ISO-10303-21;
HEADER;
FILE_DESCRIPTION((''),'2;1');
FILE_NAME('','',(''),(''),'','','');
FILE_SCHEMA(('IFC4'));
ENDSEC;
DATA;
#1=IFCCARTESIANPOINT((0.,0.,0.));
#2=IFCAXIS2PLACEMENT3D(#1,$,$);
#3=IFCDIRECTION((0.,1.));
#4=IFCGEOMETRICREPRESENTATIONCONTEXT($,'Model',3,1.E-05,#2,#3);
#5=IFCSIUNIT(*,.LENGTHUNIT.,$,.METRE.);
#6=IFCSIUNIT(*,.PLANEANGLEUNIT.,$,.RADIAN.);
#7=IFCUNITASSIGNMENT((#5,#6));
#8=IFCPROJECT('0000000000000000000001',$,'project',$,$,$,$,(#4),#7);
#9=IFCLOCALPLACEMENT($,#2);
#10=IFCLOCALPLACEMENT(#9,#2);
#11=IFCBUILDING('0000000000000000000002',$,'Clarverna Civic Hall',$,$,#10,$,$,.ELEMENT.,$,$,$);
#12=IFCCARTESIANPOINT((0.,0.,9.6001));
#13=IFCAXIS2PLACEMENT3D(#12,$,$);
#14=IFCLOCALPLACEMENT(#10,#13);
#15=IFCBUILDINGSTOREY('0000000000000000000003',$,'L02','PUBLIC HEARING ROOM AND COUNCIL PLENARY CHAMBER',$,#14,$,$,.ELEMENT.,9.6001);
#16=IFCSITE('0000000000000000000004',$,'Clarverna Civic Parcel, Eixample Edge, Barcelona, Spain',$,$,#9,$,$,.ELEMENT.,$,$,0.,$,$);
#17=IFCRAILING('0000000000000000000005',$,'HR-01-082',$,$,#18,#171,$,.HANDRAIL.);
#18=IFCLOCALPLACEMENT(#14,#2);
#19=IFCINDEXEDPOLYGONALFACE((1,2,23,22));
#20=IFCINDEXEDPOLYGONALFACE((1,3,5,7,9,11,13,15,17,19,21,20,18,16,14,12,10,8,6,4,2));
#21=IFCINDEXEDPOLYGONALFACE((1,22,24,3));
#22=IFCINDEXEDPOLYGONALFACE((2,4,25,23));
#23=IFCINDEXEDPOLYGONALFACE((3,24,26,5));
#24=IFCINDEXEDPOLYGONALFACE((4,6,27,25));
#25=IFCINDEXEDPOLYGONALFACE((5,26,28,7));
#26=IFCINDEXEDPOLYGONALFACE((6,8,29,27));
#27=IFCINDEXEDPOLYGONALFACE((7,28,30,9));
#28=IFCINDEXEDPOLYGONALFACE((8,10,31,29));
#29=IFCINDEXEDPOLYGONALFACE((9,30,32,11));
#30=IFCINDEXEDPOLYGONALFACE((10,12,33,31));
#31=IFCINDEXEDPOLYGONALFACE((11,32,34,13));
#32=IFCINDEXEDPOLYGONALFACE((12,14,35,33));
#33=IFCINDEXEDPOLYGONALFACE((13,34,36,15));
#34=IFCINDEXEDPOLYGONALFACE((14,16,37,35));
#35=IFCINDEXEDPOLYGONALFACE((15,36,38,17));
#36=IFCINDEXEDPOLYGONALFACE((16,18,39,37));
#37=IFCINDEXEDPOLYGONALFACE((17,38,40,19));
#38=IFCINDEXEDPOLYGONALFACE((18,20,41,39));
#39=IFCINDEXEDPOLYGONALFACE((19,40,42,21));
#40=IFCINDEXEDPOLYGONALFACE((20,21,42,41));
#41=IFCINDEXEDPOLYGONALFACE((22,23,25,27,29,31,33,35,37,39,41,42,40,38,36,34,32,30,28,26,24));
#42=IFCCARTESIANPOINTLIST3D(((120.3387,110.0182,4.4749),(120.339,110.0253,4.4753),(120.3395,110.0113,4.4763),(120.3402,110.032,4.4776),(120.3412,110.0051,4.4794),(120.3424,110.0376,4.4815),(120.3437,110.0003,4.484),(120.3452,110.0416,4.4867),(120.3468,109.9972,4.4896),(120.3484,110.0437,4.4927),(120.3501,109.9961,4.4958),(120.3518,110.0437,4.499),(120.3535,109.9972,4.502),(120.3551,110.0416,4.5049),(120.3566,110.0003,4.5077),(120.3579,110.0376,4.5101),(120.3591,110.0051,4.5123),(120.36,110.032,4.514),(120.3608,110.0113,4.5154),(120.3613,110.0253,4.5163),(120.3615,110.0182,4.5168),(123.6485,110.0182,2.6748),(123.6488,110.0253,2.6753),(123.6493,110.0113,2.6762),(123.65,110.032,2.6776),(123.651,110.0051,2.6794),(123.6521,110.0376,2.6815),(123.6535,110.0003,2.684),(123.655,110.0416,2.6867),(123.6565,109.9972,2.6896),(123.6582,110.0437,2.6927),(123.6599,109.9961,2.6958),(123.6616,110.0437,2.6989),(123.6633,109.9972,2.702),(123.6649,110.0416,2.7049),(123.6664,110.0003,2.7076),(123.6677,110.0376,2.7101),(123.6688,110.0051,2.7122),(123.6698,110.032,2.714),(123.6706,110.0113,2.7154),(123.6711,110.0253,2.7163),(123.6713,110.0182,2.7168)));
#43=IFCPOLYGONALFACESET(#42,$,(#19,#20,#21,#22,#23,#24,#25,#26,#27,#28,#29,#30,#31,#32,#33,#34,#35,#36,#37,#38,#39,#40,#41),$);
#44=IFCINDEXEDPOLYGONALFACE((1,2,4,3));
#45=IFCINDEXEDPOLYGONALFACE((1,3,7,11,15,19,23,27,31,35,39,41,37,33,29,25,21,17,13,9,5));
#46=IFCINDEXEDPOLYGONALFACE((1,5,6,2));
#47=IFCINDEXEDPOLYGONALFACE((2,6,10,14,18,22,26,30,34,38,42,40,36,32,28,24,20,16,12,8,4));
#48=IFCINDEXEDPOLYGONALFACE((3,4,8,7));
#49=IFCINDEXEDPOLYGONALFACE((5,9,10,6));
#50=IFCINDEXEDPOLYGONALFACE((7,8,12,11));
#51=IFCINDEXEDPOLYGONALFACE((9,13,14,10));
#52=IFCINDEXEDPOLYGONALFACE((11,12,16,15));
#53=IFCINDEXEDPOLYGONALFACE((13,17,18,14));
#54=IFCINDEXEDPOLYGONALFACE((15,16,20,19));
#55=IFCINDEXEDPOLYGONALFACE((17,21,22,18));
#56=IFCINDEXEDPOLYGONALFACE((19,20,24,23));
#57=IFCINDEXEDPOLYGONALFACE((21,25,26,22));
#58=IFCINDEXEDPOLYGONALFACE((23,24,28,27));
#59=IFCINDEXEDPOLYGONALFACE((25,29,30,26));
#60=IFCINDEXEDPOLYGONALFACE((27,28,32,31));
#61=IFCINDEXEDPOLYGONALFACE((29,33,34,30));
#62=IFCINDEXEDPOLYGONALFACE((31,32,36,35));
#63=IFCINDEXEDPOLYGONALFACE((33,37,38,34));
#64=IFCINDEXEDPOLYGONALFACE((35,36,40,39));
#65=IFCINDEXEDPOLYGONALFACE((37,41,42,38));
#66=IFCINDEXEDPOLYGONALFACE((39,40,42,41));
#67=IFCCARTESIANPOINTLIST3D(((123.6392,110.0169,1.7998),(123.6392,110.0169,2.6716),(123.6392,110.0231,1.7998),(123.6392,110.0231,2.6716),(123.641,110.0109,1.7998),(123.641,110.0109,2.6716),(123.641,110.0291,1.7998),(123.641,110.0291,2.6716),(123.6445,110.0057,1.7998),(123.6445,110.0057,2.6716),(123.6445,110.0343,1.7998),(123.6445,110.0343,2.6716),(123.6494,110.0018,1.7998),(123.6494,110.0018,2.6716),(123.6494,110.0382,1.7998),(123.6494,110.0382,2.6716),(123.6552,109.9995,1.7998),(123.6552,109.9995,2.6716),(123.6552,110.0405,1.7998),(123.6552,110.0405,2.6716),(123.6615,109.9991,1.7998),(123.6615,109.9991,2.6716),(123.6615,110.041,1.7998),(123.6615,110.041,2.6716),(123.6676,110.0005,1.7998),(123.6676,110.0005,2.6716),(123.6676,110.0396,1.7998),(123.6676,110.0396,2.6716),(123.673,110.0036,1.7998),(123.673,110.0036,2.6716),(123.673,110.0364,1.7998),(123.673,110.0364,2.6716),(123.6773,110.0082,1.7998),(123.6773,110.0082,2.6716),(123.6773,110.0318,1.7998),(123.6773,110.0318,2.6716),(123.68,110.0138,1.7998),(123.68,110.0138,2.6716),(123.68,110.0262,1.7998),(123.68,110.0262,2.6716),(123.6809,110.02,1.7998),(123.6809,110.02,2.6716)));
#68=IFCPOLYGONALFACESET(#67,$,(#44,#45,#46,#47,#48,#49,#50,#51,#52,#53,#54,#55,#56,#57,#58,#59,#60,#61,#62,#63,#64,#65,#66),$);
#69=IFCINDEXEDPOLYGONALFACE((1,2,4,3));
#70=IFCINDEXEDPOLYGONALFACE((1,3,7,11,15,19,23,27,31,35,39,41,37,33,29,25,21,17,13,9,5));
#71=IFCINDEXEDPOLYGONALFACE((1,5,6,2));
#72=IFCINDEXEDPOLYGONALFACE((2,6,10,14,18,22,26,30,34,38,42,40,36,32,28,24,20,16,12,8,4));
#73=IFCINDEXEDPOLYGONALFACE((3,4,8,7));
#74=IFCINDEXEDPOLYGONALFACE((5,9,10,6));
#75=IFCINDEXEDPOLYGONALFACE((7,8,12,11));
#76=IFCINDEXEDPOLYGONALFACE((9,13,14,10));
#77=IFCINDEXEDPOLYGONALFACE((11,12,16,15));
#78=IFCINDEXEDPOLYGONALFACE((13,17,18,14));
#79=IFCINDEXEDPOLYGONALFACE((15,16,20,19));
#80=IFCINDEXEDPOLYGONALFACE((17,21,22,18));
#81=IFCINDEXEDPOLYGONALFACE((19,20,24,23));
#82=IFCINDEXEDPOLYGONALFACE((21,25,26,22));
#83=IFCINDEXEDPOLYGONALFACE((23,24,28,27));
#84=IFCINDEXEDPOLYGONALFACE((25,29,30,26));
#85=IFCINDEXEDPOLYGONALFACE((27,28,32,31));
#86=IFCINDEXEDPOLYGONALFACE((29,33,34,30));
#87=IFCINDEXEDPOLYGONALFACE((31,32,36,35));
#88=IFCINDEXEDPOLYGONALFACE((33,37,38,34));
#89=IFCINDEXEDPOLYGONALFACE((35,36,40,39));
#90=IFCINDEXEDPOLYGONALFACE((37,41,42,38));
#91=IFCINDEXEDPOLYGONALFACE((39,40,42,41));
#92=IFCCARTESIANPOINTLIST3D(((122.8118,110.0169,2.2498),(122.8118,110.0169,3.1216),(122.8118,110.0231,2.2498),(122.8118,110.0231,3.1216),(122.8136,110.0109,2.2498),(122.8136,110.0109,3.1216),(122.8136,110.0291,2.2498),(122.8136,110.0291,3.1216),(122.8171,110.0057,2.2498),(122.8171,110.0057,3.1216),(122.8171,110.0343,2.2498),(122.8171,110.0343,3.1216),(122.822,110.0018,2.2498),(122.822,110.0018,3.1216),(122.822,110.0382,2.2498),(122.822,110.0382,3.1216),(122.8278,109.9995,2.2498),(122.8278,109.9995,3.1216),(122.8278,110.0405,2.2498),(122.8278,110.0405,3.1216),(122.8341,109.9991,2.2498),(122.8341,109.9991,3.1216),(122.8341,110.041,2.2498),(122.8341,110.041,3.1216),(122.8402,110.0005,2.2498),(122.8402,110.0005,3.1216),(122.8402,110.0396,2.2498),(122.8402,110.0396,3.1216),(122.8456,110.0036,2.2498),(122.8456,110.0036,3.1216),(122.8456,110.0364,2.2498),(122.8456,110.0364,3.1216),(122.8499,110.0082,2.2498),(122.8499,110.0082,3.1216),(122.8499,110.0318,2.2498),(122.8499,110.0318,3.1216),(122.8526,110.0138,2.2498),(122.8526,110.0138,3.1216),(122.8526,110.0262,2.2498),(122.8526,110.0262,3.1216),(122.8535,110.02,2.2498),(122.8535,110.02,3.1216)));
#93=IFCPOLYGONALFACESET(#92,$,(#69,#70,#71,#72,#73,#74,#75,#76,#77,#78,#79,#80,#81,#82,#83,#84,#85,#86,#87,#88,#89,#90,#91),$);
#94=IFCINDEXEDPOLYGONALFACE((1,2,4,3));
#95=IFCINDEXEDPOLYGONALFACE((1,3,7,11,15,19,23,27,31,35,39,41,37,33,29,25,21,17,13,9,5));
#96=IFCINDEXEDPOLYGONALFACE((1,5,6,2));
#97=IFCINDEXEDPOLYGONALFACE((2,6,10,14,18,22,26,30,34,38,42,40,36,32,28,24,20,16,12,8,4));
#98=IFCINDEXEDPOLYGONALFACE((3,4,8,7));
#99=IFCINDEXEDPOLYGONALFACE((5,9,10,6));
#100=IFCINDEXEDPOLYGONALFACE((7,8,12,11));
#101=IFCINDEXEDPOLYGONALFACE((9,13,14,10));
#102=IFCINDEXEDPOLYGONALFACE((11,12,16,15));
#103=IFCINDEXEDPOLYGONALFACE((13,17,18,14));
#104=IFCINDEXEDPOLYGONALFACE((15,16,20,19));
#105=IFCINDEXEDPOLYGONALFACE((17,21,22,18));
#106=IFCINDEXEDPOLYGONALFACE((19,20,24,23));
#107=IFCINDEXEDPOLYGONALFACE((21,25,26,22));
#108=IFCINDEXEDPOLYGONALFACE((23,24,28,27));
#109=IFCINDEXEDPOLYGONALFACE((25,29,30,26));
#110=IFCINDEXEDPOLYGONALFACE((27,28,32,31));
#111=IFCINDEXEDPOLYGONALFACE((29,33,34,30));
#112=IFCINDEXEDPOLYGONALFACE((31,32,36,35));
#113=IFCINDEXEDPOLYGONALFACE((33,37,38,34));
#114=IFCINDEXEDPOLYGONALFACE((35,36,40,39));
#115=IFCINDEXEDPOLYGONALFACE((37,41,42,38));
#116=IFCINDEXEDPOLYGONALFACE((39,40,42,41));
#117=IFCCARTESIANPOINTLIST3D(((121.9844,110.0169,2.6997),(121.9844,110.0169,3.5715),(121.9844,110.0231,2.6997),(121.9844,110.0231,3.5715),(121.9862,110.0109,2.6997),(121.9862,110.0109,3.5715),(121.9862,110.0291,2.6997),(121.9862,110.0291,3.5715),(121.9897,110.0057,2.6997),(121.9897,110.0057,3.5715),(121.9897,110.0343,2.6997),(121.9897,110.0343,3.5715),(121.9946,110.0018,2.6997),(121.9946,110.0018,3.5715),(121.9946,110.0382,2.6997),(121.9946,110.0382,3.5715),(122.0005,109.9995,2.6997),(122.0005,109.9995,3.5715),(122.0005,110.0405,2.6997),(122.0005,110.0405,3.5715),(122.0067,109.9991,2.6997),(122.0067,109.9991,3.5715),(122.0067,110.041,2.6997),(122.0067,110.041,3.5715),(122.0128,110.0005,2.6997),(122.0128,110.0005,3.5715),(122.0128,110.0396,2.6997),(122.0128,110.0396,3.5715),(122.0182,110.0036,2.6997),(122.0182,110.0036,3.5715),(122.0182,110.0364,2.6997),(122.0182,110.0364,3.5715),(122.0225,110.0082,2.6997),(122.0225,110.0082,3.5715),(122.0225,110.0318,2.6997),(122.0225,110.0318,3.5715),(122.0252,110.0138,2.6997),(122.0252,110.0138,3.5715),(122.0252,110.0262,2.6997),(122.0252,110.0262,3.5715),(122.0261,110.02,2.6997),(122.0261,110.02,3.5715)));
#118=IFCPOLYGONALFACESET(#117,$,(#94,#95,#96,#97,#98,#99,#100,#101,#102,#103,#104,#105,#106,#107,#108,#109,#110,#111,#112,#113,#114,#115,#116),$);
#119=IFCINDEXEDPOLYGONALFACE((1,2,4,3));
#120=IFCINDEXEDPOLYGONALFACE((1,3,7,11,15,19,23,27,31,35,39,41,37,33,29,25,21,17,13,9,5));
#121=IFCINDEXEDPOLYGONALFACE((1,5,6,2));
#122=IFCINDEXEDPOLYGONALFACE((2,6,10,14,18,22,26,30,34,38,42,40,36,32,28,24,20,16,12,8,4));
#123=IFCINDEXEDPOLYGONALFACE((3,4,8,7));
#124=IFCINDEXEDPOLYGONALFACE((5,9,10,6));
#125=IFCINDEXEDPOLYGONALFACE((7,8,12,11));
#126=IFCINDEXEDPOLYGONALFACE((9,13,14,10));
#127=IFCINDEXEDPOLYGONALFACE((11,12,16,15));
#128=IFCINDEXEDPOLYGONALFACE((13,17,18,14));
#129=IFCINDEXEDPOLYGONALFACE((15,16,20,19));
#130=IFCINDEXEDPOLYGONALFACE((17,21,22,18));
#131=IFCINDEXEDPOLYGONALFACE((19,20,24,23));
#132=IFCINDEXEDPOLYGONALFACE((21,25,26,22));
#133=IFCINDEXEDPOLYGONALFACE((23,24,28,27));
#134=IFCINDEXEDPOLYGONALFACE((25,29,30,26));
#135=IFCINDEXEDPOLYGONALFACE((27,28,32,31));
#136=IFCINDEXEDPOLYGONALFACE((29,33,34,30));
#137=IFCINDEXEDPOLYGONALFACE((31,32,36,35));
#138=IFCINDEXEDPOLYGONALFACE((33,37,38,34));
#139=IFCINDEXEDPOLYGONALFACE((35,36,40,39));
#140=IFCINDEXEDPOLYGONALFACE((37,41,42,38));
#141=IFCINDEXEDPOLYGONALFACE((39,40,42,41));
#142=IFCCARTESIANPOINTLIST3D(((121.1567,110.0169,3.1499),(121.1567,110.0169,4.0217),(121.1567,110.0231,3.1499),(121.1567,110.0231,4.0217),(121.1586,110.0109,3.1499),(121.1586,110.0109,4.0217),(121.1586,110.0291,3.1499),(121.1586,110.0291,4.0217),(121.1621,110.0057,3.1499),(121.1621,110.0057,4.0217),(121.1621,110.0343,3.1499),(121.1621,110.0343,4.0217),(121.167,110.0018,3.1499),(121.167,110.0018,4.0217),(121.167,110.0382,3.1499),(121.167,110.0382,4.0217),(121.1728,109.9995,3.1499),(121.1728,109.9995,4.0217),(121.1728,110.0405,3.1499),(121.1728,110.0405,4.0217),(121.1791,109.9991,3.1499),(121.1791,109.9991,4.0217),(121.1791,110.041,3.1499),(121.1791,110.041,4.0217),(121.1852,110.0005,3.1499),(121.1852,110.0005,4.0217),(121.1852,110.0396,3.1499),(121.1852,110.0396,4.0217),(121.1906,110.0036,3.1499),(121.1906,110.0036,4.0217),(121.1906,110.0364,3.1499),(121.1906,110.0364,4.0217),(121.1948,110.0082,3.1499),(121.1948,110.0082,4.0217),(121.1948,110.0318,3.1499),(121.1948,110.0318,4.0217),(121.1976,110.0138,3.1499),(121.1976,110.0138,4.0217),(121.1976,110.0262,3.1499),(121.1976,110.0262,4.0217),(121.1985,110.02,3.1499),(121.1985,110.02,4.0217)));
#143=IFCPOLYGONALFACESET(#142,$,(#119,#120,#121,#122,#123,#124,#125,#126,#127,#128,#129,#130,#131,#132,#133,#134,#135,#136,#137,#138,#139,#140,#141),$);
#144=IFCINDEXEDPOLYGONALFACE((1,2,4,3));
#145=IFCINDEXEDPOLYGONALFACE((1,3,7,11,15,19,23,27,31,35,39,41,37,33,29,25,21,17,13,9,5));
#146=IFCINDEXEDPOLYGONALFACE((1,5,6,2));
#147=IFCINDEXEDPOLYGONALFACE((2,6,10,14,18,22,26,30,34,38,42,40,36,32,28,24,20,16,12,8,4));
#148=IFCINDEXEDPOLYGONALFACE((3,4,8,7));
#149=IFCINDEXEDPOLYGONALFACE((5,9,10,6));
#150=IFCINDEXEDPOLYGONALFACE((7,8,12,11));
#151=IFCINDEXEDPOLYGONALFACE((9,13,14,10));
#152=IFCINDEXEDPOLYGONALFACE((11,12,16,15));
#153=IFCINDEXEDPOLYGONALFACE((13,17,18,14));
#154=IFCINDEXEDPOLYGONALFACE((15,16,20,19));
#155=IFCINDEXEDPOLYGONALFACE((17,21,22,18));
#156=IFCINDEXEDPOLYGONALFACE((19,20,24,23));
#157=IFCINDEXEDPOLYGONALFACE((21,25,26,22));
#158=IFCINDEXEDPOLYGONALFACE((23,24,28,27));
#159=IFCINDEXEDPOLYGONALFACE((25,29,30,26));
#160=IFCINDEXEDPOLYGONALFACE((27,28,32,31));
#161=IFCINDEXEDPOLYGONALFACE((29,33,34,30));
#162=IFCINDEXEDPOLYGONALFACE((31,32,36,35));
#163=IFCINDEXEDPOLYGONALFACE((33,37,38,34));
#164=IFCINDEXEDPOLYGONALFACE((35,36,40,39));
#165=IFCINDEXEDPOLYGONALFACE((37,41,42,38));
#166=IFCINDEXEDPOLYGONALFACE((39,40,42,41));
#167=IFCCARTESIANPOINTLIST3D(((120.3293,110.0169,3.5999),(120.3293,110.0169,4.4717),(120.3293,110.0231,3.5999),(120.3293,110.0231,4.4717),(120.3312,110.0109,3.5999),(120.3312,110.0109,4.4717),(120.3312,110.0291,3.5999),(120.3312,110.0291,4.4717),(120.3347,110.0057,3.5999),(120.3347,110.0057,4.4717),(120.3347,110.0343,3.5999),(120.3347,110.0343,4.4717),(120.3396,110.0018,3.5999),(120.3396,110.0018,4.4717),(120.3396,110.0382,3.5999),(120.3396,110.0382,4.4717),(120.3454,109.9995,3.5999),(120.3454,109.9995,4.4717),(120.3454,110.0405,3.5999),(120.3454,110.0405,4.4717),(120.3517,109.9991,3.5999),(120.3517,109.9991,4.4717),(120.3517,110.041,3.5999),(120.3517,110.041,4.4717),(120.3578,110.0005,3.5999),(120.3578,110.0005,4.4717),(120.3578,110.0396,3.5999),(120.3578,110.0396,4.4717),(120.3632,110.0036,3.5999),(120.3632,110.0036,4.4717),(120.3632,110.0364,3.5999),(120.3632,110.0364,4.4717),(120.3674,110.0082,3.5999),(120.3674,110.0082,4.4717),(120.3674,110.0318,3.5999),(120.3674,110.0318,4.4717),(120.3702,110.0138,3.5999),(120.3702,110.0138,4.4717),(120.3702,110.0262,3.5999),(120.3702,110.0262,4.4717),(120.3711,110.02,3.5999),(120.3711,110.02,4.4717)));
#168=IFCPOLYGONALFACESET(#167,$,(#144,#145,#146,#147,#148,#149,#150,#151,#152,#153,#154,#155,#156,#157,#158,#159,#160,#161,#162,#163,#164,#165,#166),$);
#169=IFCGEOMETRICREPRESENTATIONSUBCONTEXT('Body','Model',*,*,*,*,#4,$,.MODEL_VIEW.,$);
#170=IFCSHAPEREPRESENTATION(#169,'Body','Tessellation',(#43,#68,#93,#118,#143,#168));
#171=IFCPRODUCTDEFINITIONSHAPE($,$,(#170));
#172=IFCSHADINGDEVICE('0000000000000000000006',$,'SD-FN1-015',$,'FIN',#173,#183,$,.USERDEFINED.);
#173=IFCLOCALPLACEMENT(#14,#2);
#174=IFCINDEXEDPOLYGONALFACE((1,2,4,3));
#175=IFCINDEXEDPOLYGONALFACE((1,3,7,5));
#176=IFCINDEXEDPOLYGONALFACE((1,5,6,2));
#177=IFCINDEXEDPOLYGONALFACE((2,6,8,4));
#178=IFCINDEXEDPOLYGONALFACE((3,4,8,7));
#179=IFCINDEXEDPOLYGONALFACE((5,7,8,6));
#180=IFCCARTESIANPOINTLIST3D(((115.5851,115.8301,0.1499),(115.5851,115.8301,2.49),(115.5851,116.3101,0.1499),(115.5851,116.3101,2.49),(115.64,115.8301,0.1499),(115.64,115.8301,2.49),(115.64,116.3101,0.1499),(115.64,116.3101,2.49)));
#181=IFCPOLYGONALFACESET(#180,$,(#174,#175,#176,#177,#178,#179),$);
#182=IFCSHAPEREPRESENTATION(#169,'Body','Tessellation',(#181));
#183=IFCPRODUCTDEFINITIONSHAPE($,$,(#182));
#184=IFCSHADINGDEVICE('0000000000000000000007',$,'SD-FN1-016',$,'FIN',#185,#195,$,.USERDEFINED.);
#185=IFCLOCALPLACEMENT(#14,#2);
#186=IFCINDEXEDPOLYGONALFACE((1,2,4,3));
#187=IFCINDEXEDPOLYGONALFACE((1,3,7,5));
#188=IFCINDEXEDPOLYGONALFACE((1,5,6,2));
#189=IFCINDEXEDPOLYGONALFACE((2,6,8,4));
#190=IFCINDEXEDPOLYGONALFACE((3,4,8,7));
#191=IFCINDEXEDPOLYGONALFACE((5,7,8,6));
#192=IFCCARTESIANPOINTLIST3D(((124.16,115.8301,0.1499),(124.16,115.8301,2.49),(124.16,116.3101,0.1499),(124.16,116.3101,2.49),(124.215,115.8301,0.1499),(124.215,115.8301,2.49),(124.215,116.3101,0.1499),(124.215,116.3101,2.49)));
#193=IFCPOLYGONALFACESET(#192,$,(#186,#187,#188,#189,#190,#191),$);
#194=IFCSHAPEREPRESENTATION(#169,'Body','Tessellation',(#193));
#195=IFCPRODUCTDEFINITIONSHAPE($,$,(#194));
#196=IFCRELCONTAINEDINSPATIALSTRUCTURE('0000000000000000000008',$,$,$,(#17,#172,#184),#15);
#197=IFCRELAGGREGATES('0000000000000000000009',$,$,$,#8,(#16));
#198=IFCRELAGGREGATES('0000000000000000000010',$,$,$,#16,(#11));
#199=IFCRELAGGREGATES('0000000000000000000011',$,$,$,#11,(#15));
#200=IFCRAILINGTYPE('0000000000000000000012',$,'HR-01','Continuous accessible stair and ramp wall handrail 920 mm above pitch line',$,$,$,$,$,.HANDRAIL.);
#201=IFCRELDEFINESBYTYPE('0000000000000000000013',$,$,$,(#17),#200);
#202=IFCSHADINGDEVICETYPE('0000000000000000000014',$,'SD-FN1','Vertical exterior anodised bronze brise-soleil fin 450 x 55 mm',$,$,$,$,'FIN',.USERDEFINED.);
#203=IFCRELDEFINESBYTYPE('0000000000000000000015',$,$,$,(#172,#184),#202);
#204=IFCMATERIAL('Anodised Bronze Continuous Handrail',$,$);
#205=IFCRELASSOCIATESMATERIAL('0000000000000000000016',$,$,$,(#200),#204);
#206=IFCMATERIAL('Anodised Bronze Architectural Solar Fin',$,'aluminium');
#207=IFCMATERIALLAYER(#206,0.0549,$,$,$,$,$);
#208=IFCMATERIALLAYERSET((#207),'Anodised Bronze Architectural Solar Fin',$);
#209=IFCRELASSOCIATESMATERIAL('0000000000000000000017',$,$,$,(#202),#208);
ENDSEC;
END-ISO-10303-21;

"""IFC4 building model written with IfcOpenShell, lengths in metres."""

from ifc_helpers import new_model, si_unit, direction, frame, frame_2d, origin, origin_2d, place, context, subcontext, project, spatial, rectangle, circle, extrude, material, layer, layer_set, type_object, element, save


model = new_model("IFC4")

# Units and contexts
model_context = context("Model", 3, precision=1e-05, world=origin(), true_north=direction((0.0, 1.0)))
body_context = subcontext(model_context, "Body", "Model", "MODEL_VIEW")
ifc_project = project(units=[si_unit("LENGTHUNIT", "METRE"), si_unit("PLANEANGLEUNIT", "RADIAN")], contexts=[model_context])

# Site, building, storey
site_placement = place(None, origin())
site = spatial("IfcSite", under=ifc_project, at=site_placement, Name="Clarverna Civic Parcel, Eixample Edge, Barcelona, Spain", CompositionType="ELEMENT", RefElevation=0.0)
building_placement = place(site_placement, origin())
building = spatial("IfcBuilding", under=site, at=building_placement, Name="Clarverna Civic Hall", CompositionType="ELEMENT")
storey_placement = place(building_placement, frame((0.0, 0.0, 9.6001)))
storey = spatial("IfcBuildingStorey", under=building, at=storey_placement, Name="L02", Description="PUBLIC HEARING ROOM AND COUNCIL PLENARY CHAMBER", CompositionType="ELEMENT", Elevation=9.6001)

# Railing
ifc_material_1 = material(Name="Anodised Bronze Continuous Handrail")
railing_type_1 = type_object("IfcRailingType", Name="HR-01", Description="Continuous accessible stair and ramp wall handrail 920 mm above pitch line", PredefinedType="HANDRAIL", material=ifc_material_1)
railing_1_placement = place(storey_placement, frame((123.6599, 110.02, 1.7998)))
element("IfcRailing", 1, at=railing_1_placement, inside=storey, type_object=railing_type_1, Name="HR-01-082", PredefinedType="HANDRAIL", context=body_context, shape_type="SweptSolid", body=[
    extrude(circle(Radius=0.0239, at=origin_2d()), frame((0.0, 0.0, 0.896), z_axis=(-0.878487, 0.0, 0.477767), x_axis=(0.0, -1.0, 0.0)), (0.0, 0.0, 1.0), 3.7676),
    extrude(circle(Radius=0.021, at=origin_2d()), origin(), (0.0, 0.0, 1.0), 0.8718),
    extrude(circle(Radius=0.021, at=origin_2d()), frame((-0.8274, 0.0, 0.45)), (0.0, 0.0, 1.0), 0.8718),
    extrude(circle(Radius=0.021, at=origin_2d()), frame((-1.6548, 0.0, 0.8999)), (0.0, 0.0, 1.0), 0.8718),
    extrude(circle(Radius=0.021, at=origin_2d()), frame((-2.4824, 0.0, 1.3501)), (0.0, 0.0, 1.0), 0.8718),
    extrude(circle(Radius=0.021, at=origin_2d()), frame((-3.3098, 0.0, 1.8)), (0.0, 0.0, 1.0), 0.8718),
])

# Shading devices
ifc_material_2 = material(Name="Anodised Bronze Architectural Solar Fin", Category="aluminium")
ifc_layer_1 = layer(ifc_material_2, 0.0549)
ifc_layer_set_1 = layer_set([ifc_layer_1], Name="Anodised Bronze Architectural Solar Fin")
shading_device_type = type_object("IfcShadingDeviceType", Name="SD-FN1", Description="Vertical exterior anodised bronze brise-soleil fin 450 x 55 mm", ElementType="FIN", PredefinedType="USERDEFINED", material=ifc_layer_set_1)
for number, where, z_axis, x_axis, name in (
    (2, (115.6125, 115.8301, 0.1499), (0.0, 0.0, 1.0), (0.0, 1.0, 0.0), "SD-FN1-015"),
    (3, (124.1875, 115.8301, 0.1499), (0.0, 0.0, 1.0), (0.0, 1.0, 0.0), "SD-FN1-016"),
):
    element("IfcShadingDevice", number, at=place(storey_placement, frame(where, z_axis=z_axis, x_axis=x_axis)), inside=storey, type_object=shading_device_type, Name=name, ObjectType="FIN", PredefinedType="USERDEFINED", context=body_context, shape_type="SweptSolid", body=[
        extrude(rectangle(XDim=0.48, YDim=0.0549, at=frame_2d((0.24, 0.0))), origin(), (0.0, 0.0, 1.0), 2.3401),
    ])

save(model, "model.ifc")
